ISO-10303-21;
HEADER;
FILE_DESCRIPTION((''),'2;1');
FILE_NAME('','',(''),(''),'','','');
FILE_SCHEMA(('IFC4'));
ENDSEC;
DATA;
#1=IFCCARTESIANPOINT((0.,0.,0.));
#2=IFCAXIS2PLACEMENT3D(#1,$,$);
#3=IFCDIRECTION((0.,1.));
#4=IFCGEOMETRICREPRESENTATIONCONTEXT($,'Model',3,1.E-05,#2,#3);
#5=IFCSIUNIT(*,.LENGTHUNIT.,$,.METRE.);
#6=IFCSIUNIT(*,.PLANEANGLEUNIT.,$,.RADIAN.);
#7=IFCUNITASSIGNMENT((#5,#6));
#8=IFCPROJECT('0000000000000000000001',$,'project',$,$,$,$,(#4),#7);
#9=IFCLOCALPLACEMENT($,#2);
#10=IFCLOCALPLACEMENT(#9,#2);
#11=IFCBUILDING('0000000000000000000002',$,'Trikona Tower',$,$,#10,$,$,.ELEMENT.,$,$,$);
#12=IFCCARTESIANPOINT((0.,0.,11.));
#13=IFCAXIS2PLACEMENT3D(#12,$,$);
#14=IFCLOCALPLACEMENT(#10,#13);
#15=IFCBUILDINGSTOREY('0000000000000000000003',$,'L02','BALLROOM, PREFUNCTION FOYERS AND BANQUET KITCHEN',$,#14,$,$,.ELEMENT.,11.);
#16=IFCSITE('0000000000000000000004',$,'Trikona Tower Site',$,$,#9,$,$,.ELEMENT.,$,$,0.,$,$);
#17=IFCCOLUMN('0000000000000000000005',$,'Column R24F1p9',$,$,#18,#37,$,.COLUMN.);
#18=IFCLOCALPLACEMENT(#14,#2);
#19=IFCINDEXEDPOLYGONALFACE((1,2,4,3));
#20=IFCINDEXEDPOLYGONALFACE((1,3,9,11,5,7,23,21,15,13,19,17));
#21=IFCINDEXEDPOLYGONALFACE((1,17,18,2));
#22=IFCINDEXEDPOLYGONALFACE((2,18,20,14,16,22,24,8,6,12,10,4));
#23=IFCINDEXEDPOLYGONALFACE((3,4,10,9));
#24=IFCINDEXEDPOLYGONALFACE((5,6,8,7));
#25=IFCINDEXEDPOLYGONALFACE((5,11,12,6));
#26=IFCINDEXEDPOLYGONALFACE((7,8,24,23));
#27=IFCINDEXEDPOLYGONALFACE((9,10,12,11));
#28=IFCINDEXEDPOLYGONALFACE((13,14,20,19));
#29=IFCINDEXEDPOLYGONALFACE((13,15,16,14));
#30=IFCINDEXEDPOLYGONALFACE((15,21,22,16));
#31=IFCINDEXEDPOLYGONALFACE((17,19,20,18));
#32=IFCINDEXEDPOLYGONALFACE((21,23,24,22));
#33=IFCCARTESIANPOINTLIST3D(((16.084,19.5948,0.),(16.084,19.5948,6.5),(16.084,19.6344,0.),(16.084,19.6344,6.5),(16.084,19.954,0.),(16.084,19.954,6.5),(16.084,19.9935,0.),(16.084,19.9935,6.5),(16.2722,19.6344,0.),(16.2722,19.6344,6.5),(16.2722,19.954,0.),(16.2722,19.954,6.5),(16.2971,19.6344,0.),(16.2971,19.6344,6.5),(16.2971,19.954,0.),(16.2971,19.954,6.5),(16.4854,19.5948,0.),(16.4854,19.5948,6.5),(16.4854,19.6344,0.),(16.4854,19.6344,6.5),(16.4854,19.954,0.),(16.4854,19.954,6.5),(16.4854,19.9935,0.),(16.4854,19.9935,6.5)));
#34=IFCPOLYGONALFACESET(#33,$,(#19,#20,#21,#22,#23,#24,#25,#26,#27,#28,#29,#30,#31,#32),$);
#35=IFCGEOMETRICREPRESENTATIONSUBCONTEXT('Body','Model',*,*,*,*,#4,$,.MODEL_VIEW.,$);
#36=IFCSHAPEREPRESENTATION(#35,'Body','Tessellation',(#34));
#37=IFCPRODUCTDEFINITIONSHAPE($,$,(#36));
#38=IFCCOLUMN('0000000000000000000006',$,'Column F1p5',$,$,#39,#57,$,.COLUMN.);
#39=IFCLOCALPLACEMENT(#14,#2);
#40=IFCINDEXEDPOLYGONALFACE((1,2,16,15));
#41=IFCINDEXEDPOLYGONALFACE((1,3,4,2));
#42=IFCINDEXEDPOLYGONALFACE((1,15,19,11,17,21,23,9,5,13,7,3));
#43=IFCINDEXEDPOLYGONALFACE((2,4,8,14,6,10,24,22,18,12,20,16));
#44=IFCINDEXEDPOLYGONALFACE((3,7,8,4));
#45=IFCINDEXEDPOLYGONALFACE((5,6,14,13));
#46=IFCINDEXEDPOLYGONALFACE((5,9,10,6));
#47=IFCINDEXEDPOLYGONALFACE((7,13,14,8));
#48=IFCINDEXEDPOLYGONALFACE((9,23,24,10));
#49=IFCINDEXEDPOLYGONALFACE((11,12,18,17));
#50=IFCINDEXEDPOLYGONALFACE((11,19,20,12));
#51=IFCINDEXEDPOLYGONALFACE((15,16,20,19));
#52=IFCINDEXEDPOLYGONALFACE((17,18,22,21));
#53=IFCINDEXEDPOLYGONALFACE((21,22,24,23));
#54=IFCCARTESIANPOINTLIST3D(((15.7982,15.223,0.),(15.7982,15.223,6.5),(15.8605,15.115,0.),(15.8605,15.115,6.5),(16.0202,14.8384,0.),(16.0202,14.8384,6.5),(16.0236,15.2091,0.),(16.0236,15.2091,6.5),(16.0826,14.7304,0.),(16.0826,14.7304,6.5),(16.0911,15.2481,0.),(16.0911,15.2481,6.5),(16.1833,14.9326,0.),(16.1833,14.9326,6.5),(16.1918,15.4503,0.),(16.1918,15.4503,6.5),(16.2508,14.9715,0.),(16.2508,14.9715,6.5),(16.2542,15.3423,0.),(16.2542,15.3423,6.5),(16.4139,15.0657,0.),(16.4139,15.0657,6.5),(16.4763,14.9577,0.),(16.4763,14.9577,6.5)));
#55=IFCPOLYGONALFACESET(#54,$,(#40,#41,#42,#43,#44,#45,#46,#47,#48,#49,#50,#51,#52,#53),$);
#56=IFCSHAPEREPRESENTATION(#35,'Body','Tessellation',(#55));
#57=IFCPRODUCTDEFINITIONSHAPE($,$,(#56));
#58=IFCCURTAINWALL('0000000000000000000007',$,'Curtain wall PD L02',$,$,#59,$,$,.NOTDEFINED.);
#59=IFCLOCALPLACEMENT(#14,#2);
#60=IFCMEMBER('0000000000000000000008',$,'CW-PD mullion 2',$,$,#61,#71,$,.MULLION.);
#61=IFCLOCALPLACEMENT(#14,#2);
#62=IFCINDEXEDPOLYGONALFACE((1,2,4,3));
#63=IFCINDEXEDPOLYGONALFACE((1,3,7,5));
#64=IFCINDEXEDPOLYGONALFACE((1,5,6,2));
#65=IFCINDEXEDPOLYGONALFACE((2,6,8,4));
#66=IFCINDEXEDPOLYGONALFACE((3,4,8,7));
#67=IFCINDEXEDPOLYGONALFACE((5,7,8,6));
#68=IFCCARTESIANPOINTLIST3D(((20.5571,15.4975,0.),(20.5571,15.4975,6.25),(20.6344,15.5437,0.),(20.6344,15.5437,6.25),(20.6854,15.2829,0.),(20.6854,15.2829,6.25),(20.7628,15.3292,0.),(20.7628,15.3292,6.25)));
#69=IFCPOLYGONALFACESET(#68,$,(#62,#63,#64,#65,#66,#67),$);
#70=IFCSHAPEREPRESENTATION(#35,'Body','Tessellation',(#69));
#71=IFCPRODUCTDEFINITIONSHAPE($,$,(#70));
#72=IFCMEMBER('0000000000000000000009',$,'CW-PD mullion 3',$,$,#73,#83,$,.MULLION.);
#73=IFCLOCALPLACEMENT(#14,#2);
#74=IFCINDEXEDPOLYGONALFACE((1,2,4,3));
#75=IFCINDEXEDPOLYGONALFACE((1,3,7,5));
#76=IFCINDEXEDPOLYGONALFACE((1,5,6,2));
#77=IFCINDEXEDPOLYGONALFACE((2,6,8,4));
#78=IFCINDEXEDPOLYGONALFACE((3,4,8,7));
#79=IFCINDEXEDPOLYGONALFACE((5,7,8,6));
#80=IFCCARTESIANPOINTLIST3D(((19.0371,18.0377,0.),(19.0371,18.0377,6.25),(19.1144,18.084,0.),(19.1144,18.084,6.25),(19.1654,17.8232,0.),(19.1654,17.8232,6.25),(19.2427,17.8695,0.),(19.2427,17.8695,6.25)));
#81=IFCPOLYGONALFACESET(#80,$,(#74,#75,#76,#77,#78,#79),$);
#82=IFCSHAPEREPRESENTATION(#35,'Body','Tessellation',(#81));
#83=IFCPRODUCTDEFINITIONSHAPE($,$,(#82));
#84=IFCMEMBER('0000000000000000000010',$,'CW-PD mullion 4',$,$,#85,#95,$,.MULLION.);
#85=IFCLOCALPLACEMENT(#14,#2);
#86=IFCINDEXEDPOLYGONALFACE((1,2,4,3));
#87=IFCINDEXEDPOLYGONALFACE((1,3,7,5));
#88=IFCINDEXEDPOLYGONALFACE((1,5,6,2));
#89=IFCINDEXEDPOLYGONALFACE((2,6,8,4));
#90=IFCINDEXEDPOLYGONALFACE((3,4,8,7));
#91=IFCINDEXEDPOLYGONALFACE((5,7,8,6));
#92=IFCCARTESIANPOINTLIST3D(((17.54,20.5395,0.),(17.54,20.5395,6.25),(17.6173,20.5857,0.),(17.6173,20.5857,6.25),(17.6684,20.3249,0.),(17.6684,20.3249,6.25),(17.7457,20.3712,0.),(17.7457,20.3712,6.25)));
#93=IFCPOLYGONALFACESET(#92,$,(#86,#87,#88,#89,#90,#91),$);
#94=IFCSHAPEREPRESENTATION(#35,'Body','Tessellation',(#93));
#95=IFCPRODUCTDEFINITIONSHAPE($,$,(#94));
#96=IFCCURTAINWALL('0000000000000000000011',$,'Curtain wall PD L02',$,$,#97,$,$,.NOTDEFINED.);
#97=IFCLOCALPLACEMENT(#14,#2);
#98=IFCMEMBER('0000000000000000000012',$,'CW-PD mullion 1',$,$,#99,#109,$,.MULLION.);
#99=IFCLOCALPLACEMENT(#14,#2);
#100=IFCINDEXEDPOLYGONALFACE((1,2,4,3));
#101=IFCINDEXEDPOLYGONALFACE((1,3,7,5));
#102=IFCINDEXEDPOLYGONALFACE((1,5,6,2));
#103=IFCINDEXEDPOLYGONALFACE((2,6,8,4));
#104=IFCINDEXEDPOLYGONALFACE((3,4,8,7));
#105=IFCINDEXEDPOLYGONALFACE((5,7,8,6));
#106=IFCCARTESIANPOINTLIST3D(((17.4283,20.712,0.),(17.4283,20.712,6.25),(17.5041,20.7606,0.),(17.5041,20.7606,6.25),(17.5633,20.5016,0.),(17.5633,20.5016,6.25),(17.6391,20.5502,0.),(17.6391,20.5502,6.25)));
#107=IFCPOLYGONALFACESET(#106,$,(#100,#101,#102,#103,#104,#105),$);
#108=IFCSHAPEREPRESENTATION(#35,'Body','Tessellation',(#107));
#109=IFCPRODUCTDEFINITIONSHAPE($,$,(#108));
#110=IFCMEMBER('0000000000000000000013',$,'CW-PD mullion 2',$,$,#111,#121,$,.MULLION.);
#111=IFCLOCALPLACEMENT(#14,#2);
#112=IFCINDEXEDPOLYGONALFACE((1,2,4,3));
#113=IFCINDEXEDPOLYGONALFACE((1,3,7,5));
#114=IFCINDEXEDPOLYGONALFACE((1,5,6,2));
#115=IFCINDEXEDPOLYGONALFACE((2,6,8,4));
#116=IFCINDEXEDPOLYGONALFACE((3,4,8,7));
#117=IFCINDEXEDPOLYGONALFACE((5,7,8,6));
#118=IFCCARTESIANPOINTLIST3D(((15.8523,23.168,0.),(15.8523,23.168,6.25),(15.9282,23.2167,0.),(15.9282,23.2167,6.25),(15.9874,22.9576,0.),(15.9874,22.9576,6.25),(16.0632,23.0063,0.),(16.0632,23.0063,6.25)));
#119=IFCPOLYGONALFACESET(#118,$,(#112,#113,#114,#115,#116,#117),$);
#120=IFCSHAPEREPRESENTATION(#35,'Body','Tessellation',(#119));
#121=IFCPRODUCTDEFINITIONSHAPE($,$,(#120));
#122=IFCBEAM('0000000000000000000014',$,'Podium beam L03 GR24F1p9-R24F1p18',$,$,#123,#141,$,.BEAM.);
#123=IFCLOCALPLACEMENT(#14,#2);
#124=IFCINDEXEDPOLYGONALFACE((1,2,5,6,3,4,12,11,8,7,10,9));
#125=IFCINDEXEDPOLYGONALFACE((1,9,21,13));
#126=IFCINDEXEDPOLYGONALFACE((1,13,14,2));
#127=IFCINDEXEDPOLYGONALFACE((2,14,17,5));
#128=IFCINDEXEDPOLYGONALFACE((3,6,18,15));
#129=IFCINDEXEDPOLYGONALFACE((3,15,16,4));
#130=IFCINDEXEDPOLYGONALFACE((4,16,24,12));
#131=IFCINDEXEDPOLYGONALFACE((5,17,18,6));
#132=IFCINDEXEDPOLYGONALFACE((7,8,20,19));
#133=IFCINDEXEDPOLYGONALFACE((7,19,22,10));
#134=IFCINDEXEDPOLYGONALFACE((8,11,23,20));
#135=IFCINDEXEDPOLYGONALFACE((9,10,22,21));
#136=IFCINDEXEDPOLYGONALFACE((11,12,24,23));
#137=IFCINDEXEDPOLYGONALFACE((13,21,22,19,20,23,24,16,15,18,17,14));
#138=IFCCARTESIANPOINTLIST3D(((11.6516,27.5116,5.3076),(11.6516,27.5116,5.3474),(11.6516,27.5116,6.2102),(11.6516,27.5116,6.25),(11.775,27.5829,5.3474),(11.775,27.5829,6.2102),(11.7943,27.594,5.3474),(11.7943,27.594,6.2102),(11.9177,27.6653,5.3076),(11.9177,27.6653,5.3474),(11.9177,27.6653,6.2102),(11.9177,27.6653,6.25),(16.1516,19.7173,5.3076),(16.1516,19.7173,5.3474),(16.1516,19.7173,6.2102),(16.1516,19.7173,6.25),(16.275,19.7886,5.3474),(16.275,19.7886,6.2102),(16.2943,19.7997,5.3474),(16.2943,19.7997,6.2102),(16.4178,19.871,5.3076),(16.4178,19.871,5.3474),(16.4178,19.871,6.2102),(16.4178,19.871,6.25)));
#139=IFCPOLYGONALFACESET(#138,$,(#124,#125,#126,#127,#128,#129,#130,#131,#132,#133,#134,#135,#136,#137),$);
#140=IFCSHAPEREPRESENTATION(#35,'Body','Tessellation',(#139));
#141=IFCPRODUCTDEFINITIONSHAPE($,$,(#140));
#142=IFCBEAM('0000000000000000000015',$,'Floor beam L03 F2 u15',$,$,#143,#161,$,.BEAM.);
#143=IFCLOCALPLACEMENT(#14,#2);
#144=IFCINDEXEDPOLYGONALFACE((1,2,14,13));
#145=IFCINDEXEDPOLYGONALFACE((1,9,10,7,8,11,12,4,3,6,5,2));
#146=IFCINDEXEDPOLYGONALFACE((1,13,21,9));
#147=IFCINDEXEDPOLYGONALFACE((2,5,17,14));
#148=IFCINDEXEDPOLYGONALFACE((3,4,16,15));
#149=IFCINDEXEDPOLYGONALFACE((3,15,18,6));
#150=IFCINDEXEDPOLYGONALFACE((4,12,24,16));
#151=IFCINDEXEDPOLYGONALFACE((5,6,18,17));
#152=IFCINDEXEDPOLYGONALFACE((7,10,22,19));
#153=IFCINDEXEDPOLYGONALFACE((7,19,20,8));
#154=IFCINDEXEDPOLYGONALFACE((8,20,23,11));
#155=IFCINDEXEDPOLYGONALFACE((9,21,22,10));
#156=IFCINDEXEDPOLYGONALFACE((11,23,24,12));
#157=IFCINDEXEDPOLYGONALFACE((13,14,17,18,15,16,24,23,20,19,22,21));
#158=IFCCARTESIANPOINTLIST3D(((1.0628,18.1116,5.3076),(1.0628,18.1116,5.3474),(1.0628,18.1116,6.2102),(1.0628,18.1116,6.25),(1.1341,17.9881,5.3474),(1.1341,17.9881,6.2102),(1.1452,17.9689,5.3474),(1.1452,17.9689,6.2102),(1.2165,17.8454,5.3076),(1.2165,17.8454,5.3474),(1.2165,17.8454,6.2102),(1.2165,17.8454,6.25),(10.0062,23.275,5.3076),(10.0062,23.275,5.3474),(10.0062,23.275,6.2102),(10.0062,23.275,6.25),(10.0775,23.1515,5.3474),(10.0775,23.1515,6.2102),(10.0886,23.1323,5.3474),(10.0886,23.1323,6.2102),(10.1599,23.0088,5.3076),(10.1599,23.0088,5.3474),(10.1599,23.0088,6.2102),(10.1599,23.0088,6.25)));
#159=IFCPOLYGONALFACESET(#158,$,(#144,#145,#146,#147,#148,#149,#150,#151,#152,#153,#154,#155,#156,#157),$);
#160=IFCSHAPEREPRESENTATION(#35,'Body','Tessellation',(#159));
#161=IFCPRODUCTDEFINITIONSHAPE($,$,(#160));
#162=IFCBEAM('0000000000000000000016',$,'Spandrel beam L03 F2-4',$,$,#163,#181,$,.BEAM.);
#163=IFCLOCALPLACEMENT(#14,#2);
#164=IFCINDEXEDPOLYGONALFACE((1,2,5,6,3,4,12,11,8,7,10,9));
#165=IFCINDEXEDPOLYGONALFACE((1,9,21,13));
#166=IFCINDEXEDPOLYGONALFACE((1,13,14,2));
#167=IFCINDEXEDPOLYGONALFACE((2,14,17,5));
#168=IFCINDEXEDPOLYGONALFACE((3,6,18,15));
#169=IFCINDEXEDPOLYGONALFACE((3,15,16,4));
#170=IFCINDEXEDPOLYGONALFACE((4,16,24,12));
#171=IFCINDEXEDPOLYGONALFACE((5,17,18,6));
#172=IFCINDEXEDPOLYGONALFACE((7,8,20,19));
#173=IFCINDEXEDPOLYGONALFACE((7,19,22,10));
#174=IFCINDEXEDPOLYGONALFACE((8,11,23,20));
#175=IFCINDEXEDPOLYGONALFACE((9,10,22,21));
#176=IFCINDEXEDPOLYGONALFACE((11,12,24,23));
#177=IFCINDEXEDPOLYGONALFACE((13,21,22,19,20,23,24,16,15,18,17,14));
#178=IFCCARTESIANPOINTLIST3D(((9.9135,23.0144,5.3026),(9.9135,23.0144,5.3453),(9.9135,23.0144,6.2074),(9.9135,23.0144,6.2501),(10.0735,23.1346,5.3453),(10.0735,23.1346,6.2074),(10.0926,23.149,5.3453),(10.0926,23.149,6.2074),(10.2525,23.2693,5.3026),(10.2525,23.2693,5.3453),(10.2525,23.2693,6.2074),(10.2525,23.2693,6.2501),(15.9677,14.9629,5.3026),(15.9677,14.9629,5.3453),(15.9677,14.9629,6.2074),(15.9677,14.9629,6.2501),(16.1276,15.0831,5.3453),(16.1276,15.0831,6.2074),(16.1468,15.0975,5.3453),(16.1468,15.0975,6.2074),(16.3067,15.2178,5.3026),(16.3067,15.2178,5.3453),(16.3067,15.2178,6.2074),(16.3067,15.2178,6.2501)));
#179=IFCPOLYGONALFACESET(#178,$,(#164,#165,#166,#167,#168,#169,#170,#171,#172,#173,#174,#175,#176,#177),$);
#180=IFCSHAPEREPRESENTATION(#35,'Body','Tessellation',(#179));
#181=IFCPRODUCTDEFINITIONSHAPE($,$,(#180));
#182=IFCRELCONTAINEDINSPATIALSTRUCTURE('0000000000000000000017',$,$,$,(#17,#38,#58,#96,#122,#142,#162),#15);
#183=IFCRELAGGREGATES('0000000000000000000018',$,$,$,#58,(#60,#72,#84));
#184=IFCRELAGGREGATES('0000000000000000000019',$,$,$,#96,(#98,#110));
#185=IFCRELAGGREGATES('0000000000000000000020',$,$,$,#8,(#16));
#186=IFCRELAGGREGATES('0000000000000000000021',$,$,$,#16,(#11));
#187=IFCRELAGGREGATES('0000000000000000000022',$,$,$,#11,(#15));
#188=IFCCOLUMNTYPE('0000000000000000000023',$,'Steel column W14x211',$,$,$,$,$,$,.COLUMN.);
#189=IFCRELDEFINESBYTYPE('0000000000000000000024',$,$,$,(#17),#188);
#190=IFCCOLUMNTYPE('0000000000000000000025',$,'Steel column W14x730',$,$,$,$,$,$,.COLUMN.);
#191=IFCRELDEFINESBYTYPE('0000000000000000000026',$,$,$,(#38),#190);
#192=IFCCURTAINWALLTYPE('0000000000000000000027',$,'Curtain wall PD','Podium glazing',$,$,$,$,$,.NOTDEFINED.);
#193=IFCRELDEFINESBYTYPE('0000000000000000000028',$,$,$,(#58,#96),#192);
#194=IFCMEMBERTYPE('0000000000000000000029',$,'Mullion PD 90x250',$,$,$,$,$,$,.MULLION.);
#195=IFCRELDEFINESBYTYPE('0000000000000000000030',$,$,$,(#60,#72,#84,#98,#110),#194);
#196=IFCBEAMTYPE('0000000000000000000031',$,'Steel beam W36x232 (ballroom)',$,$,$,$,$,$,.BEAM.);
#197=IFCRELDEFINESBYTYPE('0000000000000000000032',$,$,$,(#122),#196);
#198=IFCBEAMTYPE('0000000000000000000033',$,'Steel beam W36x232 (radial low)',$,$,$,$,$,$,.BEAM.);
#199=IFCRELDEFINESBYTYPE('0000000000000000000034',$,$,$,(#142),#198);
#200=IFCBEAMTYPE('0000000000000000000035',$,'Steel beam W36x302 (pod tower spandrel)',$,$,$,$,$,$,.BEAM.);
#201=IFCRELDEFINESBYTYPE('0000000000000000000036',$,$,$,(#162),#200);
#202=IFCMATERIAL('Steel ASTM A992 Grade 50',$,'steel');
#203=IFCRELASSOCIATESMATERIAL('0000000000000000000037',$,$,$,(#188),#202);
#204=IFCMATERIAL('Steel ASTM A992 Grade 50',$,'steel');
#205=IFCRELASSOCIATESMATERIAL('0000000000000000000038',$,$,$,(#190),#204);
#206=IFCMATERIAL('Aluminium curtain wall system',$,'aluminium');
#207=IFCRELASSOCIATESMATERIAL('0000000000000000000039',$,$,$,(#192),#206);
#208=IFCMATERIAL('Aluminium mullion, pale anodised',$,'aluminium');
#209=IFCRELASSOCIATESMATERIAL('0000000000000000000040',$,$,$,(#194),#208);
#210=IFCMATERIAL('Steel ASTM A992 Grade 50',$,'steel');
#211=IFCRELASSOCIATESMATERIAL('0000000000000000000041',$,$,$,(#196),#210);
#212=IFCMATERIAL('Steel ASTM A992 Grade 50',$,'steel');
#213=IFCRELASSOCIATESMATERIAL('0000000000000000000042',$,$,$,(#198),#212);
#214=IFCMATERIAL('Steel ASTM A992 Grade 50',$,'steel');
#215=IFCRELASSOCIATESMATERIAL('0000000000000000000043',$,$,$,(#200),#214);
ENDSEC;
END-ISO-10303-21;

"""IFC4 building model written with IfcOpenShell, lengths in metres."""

from ifc_helpers import new_model, si_unit, direction, frame, origin, origin_2d, place, context, subcontext, project, spatial, rectangle, i_section, extrude, material, material_profile, profile_set, type_object, element, aggregate, save


model = new_model("IFC4")

# Units and contexts
model_context = context("Model", 3, precision=1e-05, world=origin(), true_north=direction((0.0, 1.0)))
body_context = subcontext(model_context, "Body", "Model", "MODEL_VIEW")
ifc_project = project(units=[si_unit("LENGTHUNIT", "METRE"), si_unit("PLANEANGLEUNIT", "RADIAN")], contexts=[model_context])

# Site, building, storey
site_placement = place(None, origin())
site = spatial("IfcSite", under=ifc_project, at=site_placement, Name="Trikona Tower Site", CompositionType="ELEMENT", RefElevation=0.0)
building_placement = place(site_placement, origin())
building = spatial("IfcBuilding", under=site, at=building_placement, Name="Trikona Tower", CompositionType="ELEMENT")
storey_placement = place(building_placement, frame((0.0, 0.0, 11.0)))
storey = spatial("IfcBuildingStorey", under=building, at=storey_placement, Name="L02", Description="BALLROOM, PREFUNCTION FOYERS AND BANQUET KITCHEN", CompositionType="ELEMENT", Elevation=11.0)

# Columns
ifc_material_1 = material(Name="Steel ASTM A992 Grade 50", Category="steel")
ifc_material_profile_1 = material_profile(ifc_material_1, i_section(OverallWidth=0.4014, OverallDepth=0.3987, WebThickness=0.0249, FlangeThickness=0.0396, at=origin_2d()), Name="W14X211")
ifc_profile_set_1 = profile_set([ifc_material_profile_1], Name="Steel ASTM A992 Grade 50")
column_type_1 = type_object("IfcColumnType", Name="Steel column W14x211", PredefinedType="COLUMN", material=ifc_profile_set_1)
column_1_placement = place(storey_placement, frame((16.2847, 19.7942, 0.0), z_axis=(0.0, 0.0, 1.0), x_axis=(1.0, 0.0, 0.0)))
element("IfcColumn", 1, at=column_1_placement, inside=storey, type_object=column_type_1, Name="Column R24F1p9", PredefinedType="COLUMN", context=body_context, shape_type="SweptSolid", body=[
    extrude(i_section(OverallWidth=0.4014, OverallDepth=0.3987, WebThickness=0.0249, FlangeThickness=0.0396, at=origin_2d()), origin(), (0.0, 0.0, 1.0), 6.5),
])
ifc_material_2 = material(Name="Steel ASTM A992 Grade 50", Category="steel")
ifc_material_profile_2 = material_profile(ifc_material_2, i_section(OverallWidth=0.4546, OverallDepth=0.5688, WebThickness=0.0779, FlangeThickness=0.1248, at=origin_2d()), Name="W14X730")
ifc_profile_set_2 = profile_set([ifc_material_profile_2], Name="Steel ASTM A992 Grade 50")
column_type_2 = type_object("IfcColumnType", Name="Steel column W14x730", PredefinedType="COLUMN", material=ifc_profile_set_2)
column_2_placement = place(storey_placement, frame((16.1372, 15.0903, 0.0), z_axis=(0.0, 0.0, 1.0), x_axis=(0.866025, 0.5, 0.0)))
element("IfcColumn", 2, at=column_2_placement, inside=storey, type_object=column_type_2, Name="Column F1p5", PredefinedType="COLUMN", context=body_context, shape_type="SweptSolid", body=[
    extrude(i_section(OverallWidth=0.4546, OverallDepth=0.5688, WebThickness=0.0779, FlangeThickness=0.1248, at=origin_2d()), origin(), (0.0, 0.0, 1.0), 6.5),
])

# Curtain walls, members
ifc_material_3 = material(Name="Aluminium curtain wall system", Category="aluminium")
curtain_wall_type = type_object("IfcCurtainWallType", Name="Curtain wall PD", Description="Podium glazing", PredefinedType="NOTDEFINED", material=ifc_material_3)
curtain_wall_1_placement = place(storey_placement, origin())
curtain_wall_1 = element("IfcCurtainWall", 3, at=curtain_wall_1_placement, inside=storey, type_object=curtain_wall_type, Name="Curtain wall PD L02", PredefinedType="NOTDEFINED")
ifc_material_4 = material(Name="Aluminium mullion, pale anodised", Category="aluminium")
ifc_material_profile_3 = material_profile(ifc_material_4, rectangle(XDim=0.0901, YDim=0.25, at=origin_2d()), Name="MUL-PD")
ifc_profile_set_3 = profile_set([ifc_material_profile_3], Name="Aluminium mullion, pale anodised")
member_type_1 = type_object("IfcMemberType", Name="Mullion PD 90x250", PredefinedType="MULLION", material=ifc_profile_set_3)
member_1_placement = place(storey_placement, frame((20.6599, 15.4133, 0.0), z_axis=(0.0, 0.0, 1.0), x_axis=(-0.858095, -0.51349, 0.0)))
member_1 = element("IfcMember", 4, at=member_1_placement, type_object=member_type_1, Name="CW-PD mullion 2", PredefinedType="MULLION", context=body_context, shape_type="SweptSolid", body=[
    extrude(rectangle(XDim=0.0901, YDim=0.25, at=origin_2d()), origin(), (0.0, 0.0, 1.0), 6.25),
])
member_2_placement = place(storey_placement, frame((19.1399, 17.9536, 0.0), z_axis=(0.0, 0.0, 1.0), x_axis=(-0.858095, -0.51349, 0.0)))
member_2 = element("IfcMember", 5, at=member_2_placement, type_object=member_type_1, Name="CW-PD mullion 3", PredefinedType="MULLION", context=body_context, shape_type="SweptSolid", body=[
    extrude(rectangle(XDim=0.0901, YDim=0.25, at=origin_2d()), origin(), (0.0, 0.0, 1.0), 6.25),
])
member_3_placement = place(storey_placement, frame((17.6428, 20.4553, 0.0), z_axis=(0.0, 0.0, 1.0), x_axis=(-0.858095, -0.51349, 0.0)))
member_3 = element("IfcMember", 6, at=member_3_placement, type_object=member_type_1, Name="CW-PD mullion 4", PredefinedType="MULLION", context=body_context, shape_type="SweptSolid", body=[
    extrude(rectangle(XDim=0.0901, YDim=0.25, at=origin_2d()), origin(), (0.0, 0.0, 1.0), 6.25),
])
curtain_wall_2_placement = place(storey_placement, origin())
curtain_wall_2 = element("IfcCurtainWall", 7, at=curtain_wall_2_placement, inside=storey, type_object=curtain_wall_type, Name="Curtain wall PD L02", PredefinedType="NOTDEFINED")
member_4_placement = place(storey_placement, frame((17.5337, 20.6311, 0.0), z_axis=(0.0, 0.0, 1.0), x_axis=(-0.841623, -0.540066, 0.0)))
member_4 = element("IfcMember", 8, at=member_4_placement, type_object=member_type_1, Name="CW-PD mullion 1", PredefinedType="MULLION", context=body_context, shape_type="SweptSolid", body=[
    extrude(rectangle(XDim=0.0901, YDim=0.25, at=origin_2d()), origin(), (0.0, 0.0, 1.0), 6.25),
])
member_5_placement = place(storey_placement, frame((15.9578, 23.0872, 0.0), z_axis=(0.0, 0.0, 1.0), x_axis=(-0.841623, -0.540066, 0.0)))
member_5 = element("IfcMember", 9, at=member_5_placement, type_object=member_type_1, Name="CW-PD mullion 2", PredefinedType="MULLION", context=body_context, shape_type="SweptSolid", body=[
    extrude(rectangle(XDim=0.0901, YDim=0.25, at=origin_2d()), origin(), (0.0, 0.0, 1.0), 6.25),
])

# Beams
ifc_material_5 = material(Name="Steel ASTM A992 Grade 50", Category="steel")
ifc_material_profile_4 = material_profile(ifc_material_5, i_section(OverallWidth=0.3074, OverallDepth=0.9424, WebThickness=0.0222, FlangeThickness=0.0398, at=origin_2d()), Name="W36X232")
ifc_profile_set_4 = profile_set([ifc_material_profile_4], Name="Steel ASTM A992 Grade 50")
beam_type_1 = type_object("IfcBeamType", Name="Steel beam W36x232 (ballroom)", PredefinedType="BEAM", material=ifc_profile_set_4)
beam_1_placement = place(storey_placement, frame((16.2847, 19.7942, 5.7788), z_axis=(-0.500002, 0.866024, 0.0), x_axis=(-0.866024, -0.500002, 0.0)))
element("IfcBeam", 10, at=beam_1_placement, inside=storey, type_object=beam_type_1, Name="Podium beam L03 GR24F1p9-R24F1p18", PredefinedType="BEAM", context=body_context, shape_type="SweptSolid", body=[
    extrude(i_section(OverallWidth=0.3074, OverallDepth=0.9424, WebThickness=0.0222, FlangeThickness=0.0398, at=origin_2d()), origin(), (0.0, 0.0, 1.0), 9.0),
])
ifc_material_6 = material(Name="Steel ASTM A992 Grade 50", Category="steel")
ifc_material_profile_5 = material_profile(ifc_material_6, i_section(OverallWidth=0.3074, OverallDepth=0.9424, WebThickness=0.0222, FlangeThickness=0.0398, at=origin_2d()), Name="W36X232")
ifc_profile_set_5 = profile_set([ifc_material_profile_5], Name="Steel ASTM A992 Grade 50")
beam_type_2 = type_object("IfcBeamType", Name="Steel beam W36x232 (radial low)", PredefinedType="BEAM", material=ifc_profile_set_5)
beam_2_placement = place(storey_placement, frame((1.1396, 17.9785, 5.7788), z_axis=(0.86603, 0.499991, 0.0), x_axis=(-0.499991, 0.86603, 0.0)))
element("IfcBeam", 11, at=beam_2_placement, inside=storey, type_object=beam_type_2, Name="Floor beam L03 F2 u15", PredefinedType="BEAM", context=body_context, shape_type="SweptSolid", body=[
    extrude(i_section(OverallWidth=0.3074, OverallDepth=0.9424, WebThickness=0.0222, FlangeThickness=0.0398, at=origin_2d()), origin(), (0.0, 0.0, 1.0), 10.3269),
])
ifc_material_7 = material(Name="Steel ASTM A992 Grade 50", Category="steel")
ifc_material_profile_6 = material_profile(ifc_material_7, i_section(OverallWidth=0.4241, OverallDepth=0.9475, WebThickness=0.0239, FlangeThickness=0.0427, at=origin_2d()), Name="W36X302")
ifc_profile_set_6 = profile_set([ifc_material_profile_6], Name="Steel ASTM A992 Grade 50")
beam_type_3 = type_object("IfcBeamType", Name="Steel beam W36x302 (pod tower spandrel)", PredefinedType="BEAM", material=ifc_profile_set_6)
beam_3_placement = place(storey_placement, frame((16.1372, 15.0903, 5.7764), z_axis=(-0.600988, 0.799258, 0.0), x_axis=(-0.799258, -0.600988, 0.0)))
element("IfcBeam", 12, at=beam_3_placement, inside=storey, type_object=beam_type_3, Name="Spandrel beam L03 F2-4", PredefinedType="BEAM", context=body_context, shape_type="SweptSolid", body=[
    extrude(i_section(OverallWidth=0.4241, OverallDepth=0.9475, WebThickness=0.0239, FlangeThickness=0.0427, at=origin_2d()), origin(), (0.0, 0.0, 1.0), 10.0737),
])

aggregate(curtain_wall_1, [member_1, member_2, member_3])
aggregate(curtain_wall_2, [member_4, member_5])

save(model, "model.ifc")
